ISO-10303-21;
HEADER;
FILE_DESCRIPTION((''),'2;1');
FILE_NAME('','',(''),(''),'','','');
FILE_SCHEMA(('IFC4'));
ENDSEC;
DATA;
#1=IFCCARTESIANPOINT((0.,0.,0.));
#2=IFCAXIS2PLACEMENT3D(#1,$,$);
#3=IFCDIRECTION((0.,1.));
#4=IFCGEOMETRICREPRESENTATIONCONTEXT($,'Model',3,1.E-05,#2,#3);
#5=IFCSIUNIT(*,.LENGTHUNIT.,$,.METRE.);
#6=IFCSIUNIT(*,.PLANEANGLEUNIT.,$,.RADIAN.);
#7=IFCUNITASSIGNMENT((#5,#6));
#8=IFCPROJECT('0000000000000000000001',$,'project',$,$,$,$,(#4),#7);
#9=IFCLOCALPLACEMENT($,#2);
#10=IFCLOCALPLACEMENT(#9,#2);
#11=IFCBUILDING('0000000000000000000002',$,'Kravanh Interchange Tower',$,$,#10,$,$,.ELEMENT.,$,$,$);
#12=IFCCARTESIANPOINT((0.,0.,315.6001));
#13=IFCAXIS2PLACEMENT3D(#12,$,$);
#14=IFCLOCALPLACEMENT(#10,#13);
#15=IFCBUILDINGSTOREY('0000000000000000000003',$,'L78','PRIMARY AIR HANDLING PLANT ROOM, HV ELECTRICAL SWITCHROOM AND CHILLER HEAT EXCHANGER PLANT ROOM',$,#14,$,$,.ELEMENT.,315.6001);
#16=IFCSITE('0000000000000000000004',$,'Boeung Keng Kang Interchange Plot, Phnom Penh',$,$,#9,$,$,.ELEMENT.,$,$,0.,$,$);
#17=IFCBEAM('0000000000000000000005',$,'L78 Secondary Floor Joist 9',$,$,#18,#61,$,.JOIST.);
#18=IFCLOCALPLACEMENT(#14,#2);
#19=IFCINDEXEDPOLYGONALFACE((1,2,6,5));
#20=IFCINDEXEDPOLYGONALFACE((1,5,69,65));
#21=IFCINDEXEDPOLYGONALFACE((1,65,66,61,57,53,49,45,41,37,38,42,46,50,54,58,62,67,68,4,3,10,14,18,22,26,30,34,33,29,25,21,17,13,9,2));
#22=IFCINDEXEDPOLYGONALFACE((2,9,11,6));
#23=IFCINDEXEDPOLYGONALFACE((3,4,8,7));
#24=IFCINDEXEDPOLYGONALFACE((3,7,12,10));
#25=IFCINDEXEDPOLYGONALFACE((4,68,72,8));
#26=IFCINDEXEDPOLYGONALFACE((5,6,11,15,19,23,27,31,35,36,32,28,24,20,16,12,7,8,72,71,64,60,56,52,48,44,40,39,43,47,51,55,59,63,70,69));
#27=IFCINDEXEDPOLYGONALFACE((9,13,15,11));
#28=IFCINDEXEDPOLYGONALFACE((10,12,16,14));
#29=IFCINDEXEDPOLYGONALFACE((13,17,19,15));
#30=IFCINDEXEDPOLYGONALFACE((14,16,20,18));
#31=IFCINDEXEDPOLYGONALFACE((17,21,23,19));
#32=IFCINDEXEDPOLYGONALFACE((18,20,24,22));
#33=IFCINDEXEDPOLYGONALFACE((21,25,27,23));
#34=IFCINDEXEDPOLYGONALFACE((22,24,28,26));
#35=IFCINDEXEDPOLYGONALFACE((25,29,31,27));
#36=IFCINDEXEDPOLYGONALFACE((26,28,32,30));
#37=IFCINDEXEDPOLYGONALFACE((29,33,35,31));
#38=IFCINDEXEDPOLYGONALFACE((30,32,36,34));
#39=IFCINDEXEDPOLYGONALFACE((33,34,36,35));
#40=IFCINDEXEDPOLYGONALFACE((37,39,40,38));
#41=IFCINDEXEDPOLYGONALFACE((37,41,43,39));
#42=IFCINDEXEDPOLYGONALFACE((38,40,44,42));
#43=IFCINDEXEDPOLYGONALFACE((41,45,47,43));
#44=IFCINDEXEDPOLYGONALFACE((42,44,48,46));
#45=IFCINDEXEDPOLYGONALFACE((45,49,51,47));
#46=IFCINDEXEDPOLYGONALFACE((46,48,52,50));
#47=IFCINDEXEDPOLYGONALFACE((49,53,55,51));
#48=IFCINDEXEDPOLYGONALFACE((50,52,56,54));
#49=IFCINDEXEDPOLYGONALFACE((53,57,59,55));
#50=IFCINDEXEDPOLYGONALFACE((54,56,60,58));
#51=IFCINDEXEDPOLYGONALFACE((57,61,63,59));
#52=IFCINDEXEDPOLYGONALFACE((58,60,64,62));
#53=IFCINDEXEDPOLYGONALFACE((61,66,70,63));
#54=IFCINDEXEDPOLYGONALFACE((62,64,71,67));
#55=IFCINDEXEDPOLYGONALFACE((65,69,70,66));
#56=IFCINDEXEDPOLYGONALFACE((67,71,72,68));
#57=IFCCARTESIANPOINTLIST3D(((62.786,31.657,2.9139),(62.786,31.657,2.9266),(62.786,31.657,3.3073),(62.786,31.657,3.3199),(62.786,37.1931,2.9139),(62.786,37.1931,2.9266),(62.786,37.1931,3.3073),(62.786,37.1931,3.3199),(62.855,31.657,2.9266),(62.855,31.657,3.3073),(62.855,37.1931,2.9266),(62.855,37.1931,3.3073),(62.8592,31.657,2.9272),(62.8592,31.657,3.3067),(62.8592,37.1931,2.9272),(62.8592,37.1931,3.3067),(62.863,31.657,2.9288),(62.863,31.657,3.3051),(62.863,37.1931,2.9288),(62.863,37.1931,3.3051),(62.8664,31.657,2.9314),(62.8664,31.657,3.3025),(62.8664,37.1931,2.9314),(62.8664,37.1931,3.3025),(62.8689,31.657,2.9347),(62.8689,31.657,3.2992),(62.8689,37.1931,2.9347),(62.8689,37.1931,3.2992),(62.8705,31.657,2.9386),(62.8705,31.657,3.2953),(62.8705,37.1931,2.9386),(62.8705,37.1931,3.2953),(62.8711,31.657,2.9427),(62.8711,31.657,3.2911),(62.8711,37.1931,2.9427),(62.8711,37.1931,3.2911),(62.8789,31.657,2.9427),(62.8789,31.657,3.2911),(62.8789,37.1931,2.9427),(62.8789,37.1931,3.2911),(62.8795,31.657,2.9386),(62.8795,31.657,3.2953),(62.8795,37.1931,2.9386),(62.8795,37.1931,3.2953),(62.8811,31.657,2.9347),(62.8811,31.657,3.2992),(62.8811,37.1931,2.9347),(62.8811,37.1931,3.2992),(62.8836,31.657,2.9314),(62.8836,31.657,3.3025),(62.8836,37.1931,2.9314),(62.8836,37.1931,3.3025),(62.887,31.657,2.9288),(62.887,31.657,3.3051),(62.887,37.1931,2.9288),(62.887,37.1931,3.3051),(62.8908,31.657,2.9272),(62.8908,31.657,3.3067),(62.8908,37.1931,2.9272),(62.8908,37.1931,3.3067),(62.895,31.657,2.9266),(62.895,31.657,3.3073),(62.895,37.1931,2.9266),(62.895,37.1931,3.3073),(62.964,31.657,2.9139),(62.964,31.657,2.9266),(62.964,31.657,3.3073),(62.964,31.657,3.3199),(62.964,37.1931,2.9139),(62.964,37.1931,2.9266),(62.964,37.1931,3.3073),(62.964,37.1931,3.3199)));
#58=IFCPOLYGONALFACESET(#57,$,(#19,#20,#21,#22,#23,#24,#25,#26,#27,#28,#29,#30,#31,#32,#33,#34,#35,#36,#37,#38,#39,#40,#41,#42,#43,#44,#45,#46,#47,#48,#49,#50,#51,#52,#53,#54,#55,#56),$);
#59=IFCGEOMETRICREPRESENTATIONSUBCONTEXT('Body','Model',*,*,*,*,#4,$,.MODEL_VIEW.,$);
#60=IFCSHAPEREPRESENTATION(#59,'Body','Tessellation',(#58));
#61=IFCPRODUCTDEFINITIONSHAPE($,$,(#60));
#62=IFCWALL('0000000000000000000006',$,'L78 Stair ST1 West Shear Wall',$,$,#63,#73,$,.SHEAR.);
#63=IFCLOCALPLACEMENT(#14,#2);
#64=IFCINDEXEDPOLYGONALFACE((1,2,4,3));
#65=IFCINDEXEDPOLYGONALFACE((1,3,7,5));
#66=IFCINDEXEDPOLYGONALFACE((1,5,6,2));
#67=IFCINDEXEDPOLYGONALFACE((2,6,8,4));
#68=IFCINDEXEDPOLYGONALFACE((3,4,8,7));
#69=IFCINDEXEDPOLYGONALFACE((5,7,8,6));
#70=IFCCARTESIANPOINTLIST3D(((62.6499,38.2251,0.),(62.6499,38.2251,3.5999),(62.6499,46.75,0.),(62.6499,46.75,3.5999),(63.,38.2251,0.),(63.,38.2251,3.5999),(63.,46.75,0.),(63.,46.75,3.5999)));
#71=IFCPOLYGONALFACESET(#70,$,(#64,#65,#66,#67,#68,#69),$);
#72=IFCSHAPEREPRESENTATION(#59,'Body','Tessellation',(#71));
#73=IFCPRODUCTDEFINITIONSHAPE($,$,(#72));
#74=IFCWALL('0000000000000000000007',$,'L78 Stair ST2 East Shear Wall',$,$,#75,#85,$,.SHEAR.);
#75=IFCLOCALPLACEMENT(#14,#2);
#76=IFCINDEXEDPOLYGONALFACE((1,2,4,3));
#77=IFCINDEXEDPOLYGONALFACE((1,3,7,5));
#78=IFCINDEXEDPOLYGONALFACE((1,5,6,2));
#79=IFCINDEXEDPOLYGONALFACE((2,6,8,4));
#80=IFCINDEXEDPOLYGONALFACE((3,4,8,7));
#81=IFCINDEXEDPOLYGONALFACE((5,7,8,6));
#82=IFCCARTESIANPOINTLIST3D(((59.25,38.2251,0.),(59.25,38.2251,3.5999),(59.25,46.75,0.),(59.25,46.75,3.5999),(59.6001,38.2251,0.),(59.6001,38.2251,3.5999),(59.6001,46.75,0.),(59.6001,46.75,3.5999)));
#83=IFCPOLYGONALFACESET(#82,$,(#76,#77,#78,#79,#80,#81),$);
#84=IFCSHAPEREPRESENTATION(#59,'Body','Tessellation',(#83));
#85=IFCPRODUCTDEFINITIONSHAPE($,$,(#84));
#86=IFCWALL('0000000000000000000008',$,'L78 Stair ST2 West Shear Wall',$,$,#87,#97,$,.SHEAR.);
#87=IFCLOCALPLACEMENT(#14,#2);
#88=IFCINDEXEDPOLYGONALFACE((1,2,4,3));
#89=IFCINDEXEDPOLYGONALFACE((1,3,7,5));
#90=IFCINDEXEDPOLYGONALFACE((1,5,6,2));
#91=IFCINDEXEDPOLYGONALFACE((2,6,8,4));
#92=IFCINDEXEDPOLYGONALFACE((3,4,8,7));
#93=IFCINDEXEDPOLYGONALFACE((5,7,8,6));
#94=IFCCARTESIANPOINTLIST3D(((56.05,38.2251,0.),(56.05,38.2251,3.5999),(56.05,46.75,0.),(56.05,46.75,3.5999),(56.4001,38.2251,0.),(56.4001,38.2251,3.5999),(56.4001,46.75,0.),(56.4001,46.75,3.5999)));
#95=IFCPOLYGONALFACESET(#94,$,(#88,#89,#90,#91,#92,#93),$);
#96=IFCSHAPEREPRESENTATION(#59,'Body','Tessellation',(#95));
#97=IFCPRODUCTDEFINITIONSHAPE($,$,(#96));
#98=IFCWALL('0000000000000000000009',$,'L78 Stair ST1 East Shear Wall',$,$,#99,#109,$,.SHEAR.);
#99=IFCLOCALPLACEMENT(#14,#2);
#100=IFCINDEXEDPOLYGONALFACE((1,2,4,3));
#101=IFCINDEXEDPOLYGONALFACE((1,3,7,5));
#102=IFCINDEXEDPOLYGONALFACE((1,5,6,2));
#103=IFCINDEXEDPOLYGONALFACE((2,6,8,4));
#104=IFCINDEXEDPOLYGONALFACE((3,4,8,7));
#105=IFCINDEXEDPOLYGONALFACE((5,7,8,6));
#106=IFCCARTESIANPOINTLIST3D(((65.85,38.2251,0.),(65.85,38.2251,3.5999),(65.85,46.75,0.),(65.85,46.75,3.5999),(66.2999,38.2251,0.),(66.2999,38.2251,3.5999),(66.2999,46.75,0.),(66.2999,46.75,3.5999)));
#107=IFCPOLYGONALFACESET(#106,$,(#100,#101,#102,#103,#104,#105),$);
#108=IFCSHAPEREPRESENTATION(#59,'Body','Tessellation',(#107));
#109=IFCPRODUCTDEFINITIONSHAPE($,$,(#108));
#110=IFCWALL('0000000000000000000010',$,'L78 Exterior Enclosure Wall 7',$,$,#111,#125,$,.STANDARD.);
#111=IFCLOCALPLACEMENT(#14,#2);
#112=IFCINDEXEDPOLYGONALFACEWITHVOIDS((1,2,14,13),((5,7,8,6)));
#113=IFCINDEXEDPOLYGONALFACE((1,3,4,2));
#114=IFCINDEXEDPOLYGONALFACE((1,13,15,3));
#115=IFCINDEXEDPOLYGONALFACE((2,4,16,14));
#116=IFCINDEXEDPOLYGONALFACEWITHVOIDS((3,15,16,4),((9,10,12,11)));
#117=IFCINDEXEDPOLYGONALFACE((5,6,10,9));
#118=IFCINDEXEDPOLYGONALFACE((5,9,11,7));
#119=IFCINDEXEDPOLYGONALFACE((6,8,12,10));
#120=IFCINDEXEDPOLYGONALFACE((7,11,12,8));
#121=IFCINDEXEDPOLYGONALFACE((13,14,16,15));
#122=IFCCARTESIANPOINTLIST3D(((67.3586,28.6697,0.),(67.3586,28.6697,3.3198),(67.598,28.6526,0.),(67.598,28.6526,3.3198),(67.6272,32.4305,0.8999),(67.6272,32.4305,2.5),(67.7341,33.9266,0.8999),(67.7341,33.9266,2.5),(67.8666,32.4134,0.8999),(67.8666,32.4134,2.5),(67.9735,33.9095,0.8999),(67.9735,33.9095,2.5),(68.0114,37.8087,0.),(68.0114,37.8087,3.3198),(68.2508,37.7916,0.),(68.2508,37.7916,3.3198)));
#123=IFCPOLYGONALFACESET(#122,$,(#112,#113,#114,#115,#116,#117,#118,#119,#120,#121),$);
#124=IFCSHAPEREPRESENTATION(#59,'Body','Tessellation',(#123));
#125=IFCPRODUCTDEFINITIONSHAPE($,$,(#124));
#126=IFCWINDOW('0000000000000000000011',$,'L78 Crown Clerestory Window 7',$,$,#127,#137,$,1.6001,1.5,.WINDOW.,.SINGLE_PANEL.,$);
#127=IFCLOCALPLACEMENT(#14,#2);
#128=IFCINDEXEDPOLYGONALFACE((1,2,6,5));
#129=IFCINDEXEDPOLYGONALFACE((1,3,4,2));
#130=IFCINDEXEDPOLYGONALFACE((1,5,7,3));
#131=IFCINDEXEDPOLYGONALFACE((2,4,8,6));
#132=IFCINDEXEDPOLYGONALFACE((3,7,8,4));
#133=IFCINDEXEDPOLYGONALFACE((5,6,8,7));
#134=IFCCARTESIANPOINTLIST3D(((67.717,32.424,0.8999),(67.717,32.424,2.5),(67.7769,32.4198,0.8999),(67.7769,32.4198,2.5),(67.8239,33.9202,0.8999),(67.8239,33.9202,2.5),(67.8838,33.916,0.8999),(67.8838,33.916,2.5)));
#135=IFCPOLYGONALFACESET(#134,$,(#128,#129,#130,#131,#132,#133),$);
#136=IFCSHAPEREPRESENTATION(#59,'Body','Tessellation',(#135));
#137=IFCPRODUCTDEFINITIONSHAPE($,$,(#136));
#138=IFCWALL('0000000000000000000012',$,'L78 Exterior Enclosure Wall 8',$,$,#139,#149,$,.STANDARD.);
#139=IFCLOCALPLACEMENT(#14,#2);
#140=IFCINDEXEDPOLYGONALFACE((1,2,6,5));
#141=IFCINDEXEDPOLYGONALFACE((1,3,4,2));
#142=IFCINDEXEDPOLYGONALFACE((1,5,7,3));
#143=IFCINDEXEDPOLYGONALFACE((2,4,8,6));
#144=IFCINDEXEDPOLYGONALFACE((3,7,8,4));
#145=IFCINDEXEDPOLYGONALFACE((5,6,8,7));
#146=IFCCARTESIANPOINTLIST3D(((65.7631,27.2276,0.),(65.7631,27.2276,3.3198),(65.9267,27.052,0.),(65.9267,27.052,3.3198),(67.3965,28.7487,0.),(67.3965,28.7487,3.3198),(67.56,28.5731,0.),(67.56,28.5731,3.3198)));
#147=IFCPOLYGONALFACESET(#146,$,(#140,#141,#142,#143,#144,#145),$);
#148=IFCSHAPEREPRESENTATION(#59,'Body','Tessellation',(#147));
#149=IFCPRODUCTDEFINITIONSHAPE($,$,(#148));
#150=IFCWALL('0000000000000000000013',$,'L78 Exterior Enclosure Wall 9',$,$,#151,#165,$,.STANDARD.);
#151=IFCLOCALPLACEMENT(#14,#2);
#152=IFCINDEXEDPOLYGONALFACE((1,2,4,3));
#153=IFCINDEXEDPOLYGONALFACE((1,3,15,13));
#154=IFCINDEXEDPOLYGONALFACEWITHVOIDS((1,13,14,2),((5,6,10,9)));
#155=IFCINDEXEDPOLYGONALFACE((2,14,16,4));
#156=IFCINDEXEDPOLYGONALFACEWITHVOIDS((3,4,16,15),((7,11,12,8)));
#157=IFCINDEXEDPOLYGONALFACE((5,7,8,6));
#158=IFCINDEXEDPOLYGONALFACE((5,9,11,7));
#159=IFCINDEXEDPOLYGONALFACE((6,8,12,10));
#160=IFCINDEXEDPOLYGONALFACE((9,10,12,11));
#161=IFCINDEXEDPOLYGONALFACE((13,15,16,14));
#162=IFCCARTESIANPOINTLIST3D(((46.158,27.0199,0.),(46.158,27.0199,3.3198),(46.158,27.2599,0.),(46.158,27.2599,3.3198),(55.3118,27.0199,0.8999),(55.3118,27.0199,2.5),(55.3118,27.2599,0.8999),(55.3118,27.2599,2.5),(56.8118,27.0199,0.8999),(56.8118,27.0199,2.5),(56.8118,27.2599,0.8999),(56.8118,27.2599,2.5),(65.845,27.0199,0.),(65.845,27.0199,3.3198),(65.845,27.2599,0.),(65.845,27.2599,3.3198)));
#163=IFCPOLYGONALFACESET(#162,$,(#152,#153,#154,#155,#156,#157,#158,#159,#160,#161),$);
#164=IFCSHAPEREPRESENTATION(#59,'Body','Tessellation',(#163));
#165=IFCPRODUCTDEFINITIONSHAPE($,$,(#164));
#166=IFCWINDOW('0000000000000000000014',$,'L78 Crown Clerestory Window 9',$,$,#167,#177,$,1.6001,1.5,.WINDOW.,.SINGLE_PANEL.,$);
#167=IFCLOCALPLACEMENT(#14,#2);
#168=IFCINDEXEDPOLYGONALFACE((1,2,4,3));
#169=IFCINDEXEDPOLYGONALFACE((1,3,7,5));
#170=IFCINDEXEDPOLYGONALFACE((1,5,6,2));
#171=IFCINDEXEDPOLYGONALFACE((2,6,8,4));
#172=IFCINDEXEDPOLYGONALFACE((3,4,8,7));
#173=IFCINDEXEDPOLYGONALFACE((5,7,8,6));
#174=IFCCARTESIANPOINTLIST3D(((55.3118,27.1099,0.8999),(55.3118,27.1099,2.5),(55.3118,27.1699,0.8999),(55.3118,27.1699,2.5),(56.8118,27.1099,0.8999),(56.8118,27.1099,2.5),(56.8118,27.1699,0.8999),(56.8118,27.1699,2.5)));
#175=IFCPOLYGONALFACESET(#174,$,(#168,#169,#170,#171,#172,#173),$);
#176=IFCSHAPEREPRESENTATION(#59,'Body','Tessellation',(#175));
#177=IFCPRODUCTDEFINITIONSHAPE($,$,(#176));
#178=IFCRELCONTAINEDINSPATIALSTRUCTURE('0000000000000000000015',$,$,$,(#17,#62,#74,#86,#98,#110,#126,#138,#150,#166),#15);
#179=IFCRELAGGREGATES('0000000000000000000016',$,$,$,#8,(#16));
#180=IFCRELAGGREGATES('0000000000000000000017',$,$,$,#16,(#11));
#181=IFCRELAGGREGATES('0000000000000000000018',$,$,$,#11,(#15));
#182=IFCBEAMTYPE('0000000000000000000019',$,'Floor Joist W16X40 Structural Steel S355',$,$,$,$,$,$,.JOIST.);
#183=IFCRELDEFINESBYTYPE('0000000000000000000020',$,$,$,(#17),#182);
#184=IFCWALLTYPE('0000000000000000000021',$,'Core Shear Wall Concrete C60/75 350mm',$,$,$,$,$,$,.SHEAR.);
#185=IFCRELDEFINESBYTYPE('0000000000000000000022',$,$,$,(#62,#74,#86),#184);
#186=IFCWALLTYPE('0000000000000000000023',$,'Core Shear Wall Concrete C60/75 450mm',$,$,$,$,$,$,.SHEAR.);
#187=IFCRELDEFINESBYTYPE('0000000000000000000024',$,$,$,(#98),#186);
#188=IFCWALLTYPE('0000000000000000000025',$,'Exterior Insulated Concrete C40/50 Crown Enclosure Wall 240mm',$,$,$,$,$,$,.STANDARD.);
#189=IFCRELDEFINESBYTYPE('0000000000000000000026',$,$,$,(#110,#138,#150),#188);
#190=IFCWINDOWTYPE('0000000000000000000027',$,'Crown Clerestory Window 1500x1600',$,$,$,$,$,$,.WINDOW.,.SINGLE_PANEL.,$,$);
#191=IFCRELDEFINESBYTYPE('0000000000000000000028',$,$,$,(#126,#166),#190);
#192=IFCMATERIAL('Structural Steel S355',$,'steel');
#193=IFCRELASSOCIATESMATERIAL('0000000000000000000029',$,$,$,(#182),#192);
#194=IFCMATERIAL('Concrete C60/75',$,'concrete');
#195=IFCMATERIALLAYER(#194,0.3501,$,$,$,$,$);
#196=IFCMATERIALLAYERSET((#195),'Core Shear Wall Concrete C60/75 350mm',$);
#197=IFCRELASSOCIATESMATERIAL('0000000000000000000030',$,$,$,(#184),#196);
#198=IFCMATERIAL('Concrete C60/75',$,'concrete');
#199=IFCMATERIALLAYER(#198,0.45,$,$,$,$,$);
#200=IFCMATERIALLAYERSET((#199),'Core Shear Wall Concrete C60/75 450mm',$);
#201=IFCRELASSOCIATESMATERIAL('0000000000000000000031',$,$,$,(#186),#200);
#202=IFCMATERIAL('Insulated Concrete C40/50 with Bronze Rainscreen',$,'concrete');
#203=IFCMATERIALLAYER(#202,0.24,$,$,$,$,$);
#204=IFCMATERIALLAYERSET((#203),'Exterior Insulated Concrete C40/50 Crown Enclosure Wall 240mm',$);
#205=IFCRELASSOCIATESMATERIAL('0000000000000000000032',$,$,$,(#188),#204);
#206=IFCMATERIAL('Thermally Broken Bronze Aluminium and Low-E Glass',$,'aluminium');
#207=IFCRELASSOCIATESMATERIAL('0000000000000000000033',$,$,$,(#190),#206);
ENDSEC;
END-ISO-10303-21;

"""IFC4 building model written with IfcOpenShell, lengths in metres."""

from ifc_helpers import new_model, si_unit, direction, frame, frame_2d, origin, origin_2d, place, context, subcontext, project, spatial, rectangle, i_section, extrude, material, layer, layer_set, material_profile, profile_set, type_object, element, fill, save


model = new_model("IFC4")

# Units and contexts
model_context = context("Model", 3, precision=1e-05, world=origin(), true_north=direction((0.0, 1.0)))
body_context = subcontext(model_context, "Body", "Model", "MODEL_VIEW")
ifc_project = project(units=[si_unit("LENGTHUNIT", "METRE"), si_unit("PLANEANGLEUNIT", "RADIAN")], contexts=[model_context])

# Site, building, storey
site_placement = place(None, origin())
site = spatial("IfcSite", under=ifc_project, at=site_placement, Name="Boeung Keng Kang Interchange Plot, Phnom Penh", CompositionType="ELEMENT", RefElevation=0.0)
building_placement = place(site_placement, origin())
building = spatial("IfcBuilding", under=site, at=building_placement, Name="Kravanh Interchange Tower", CompositionType="ELEMENT")
storey_placement = place(building_placement, frame((0.0, 0.0, 315.6001)))
storey = spatial("IfcBuildingStorey", under=building, at=storey_placement, Name="L78", Description="PRIMARY AIR HANDLING PLANT ROOM, HV ELECTRICAL SWITCHROOM AND CHILLER HEAT EXCHANGER PLANT ROOM", CompositionType="ELEMENT", Elevation=315.6001)

# Beam
ifc_material_1 = material(Name="Structural Steel S355", Category="steel")
ifc_material_profile_1 = material_profile(ifc_material_1, i_section(OverallWidth=0.178, OverallDepth=0.406, WebThickness=0.0078, FlangeThickness=0.0127, FilletRadius=0.0161, at=origin_2d()), Name="W16X40")
ifc_profile_set_1 = profile_set([ifc_material_profile_1], Name="Structural Steel S355")
beam_type_1 = type_object("IfcBeamType", Name="Floor Joist W16X40 Structural Steel S355", PredefinedType="JOIST", material=ifc_profile_set_1)
for number, where, z_axis, x_axis, name in (
    (1, (62.875, 31.657, 3.1169), (0.0, 1.0, 0.0), (-1.0, 0.0, 0.0), "L78 Secondary Floor Joist 9"),
):
    element("IfcBeam", number, at=place(storey_placement, frame(where, z_axis=z_axis, x_axis=x_axis)), inside=storey, type_object=beam_type_1, Name=name, PredefinedType="JOIST", context=body_context, shape_type="SweptSolid", body=[
        extrude(i_section(OverallWidth=0.178, OverallDepth=0.406, WebThickness=0.0078, FlangeThickness=0.0127, FilletRadius=0.0161, at=origin_2d()), origin(), (0.0, 0.0, 1.0), 5.5361),
    ])

# Walls
ifc_material_2 = material(Name="Concrete C60/75", Category="concrete")
ifc_layer_1 = layer(ifc_material_2, 0.3501)
ifc_layer_set_1 = layer_set([ifc_layer_1], Name="Core Shear Wall Concrete C60/75 350mm")
wall_type_1 = type_object("IfcWallType", Name="Core Shear Wall Concrete C60/75 350mm", PredefinedType="SHEAR", material=ifc_layer_set_1)
for number, where, z_axis, x_axis, name in (
    (2, (62.825, 38.2251, 0.0), (0.0, 0.0, 1.0), (0.0, 1.0, 0.0), "L78 Stair ST1 West Shear Wall"),
    (3, (59.425, 38.2251, 0.0), (0.0, 0.0, 1.0), (0.0, 1.0, 0.0), "L78 Stair ST2 East Shear Wall"),
    (4, (56.2251, 38.2251, 0.0), (0.0, 0.0, 1.0), (0.0, 1.0, 0.0), "L78 Stair ST2 West Shear Wall"),
):
    element("IfcWall", number, at=place(storey_placement, frame(where, z_axis=z_axis, x_axis=x_axis)), inside=storey, type_object=wall_type_1, Name=name, PredefinedType="SHEAR", context=body_context, shape_type="SweptSolid", body=[
        extrude(rectangle(XDim=8.5249, YDim=0.3501, at=frame_2d((4.2625, 0.0))), origin(), (0.0, 0.0, 1.0), 3.5999),
    ])
ifc_material_3 = material(Name="Concrete C60/75", Category="concrete")
ifc_layer_2 = layer(ifc_material_3, 0.45)
ifc_layer_set_2 = layer_set([ifc_layer_2], Name="Core Shear Wall Concrete C60/75 450mm")
wall_type_2 = type_object("IfcWallType", Name="Core Shear Wall Concrete C60/75 450mm", PredefinedType="SHEAR", material=ifc_layer_set_2)
wall_1_placement = place(storey_placement, frame((66.075, 38.2251, 0.0), z_axis=(0.0, 0.0, 1.0), x_axis=(0.0, 1.0, 0.0)))
element("IfcWall", 5, at=wall_1_placement, inside=storey, type_object=wall_type_2, Name="L78 Stair ST1 East Shear Wall", PredefinedType="SHEAR", context=body_context, shape_type="SweptSolid", body=[
    extrude(rectangle(XDim=8.5249, YDim=0.45, at=frame_2d((4.2625, 0.0))), origin(), (0.0, 0.0, 1.0), 3.5999),
])

# Wall, opening, window
ifc_material_4 = material(Name="Insulated Concrete C40/50 with Bronze Rainscreen", Category="concrete")
ifc_layer_3 = layer(ifc_material_4, 0.24)
ifc_layer_set_3 = layer_set([ifc_layer_3], Name="Exterior Insulated Concrete C40/50 Crown Enclosure Wall 240mm")
wall_type_3 = type_object("IfcWallType", Name="Exterior Insulated Concrete C40/50 Crown Enclosure Wall 240mm", PredefinedType="STANDARD", material=ifc_layer_set_3)
wall_2_placement = place(storey_placement, frame((68.1311, 37.8, 0.0), z_axis=(0.0, 0.0, 1.0), x_axis=(-0.071251, -0.997458, 0.0)))
wall_2 = element("IfcWall", 6, at=wall_2_placement, inside=storey, type_object=wall_type_3, Name="L78 Exterior Enclosure Wall 7", PredefinedType="STANDARD", context=body_context, shape_type="SweptSolid", body=[
    extrude(rectangle(XDim=9.1624, YDim=0.24, at=frame_2d((4.5811, 0.0))), origin(), (0.0, 0.0, 1.0), 3.3198),
])
opening_1_placement = place(wall_2_placement, frame((3.8918, 0.0, 0.8999)))
opening_1 = element("IfcOpeningElement", 7, at=opening_1_placement, cuts=wall_2, PredefinedType="OPENING", context=body_context, shape_type="SweptSolid", body=[
    extrude(rectangle(XDim=1.5, YDim=1.6001, at=frame_2d((0.75, 0.8))), frame((0.0, 0.1299, 0.0), z_axis=(0.0, -1.0, 0.0), x_axis=(1.0, 0.0, 0.0)), (0.0, 0.0, 1.0), 0.26),
])
ifc_material_5 = material(Name="Thermally Broken Bronze Aluminium and Low-E Glass", Category="aluminium")
window_type = type_object("IfcWindowType", Name="Crown Clerestory Window 1500x1600", PartitioningType="SINGLE_PANEL", PredefinedType="WINDOW", material=ifc_material_5)
window_1_placement = place(opening_1_placement, origin())
window_1 = element("IfcWindow", 8, at=window_1_placement, inside=storey, type_object=window_type, Name="L78 Crown Clerestory Window 7", OverallHeight=1.6001, OverallWidth=1.5, PartitioningType="SINGLE_PANEL", PredefinedType="WINDOW", context=body_context, shape_type="SweptSolid", body=[
    extrude(rectangle(XDim=1.5, YDim=1.6001, at=frame_2d((0.75, 0.8))), frame((0.0, 0.03, 0.0), z_axis=(0.0, -1.0, 0.0), x_axis=(1.0, 0.0, 0.0)), (0.0, 0.0, 1.0), 0.0601),
])
fill(opening_1, window_1)

# Wall
wall_3_placement = place(storey_placement, frame((67.4783, 28.6609, 0.0), z_axis=(0.0, 0.0, 1.0), x_axis=(-0.731819, -0.681499, 0.0)))
element("IfcWall", 9, at=wall_3_placement, inside=storey, type_object=wall_type_3, Name="L78 Exterior Enclosure Wall 8", PredefinedType="STANDARD", context=body_context, shape_type="SweptSolid", body=[
    extrude(rectangle(XDim=2.2319, YDim=0.24, at=frame_2d((1.116, 0.0))), origin(), (0.0, 0.0, 1.0), 3.3198),
])

# Wall, opening, window
wall_4_placement = place(storey_placement, frame((65.845, 27.1399, 0.0), z_axis=(0.0, 0.0, 1.0), x_axis=(-1.0, 0.0, 0.0)))
wall_4 = element("IfcWall", 10, at=wall_4_placement, inside=storey, type_object=wall_type_3, Name="L78 Exterior Enclosure Wall 9", PredefinedType="STANDARD", context=body_context, shape_type="SweptSolid", body=[
    extrude(rectangle(XDim=19.687, YDim=0.24, at=frame_2d((9.8435, 0.0))), origin(), (0.0, 0.0, 1.0), 3.3198),
])
opening_2_placement = place(wall_4_placement, frame((9.0332, 0.0, 0.8999)))
opening_2 = element("IfcOpeningElement", 11, at=opening_2_placement, cuts=wall_4, PredefinedType="OPENING", context=body_context, shape_type="SweptSolid", body=[
    extrude(rectangle(XDim=1.5, YDim=1.6001, at=frame_2d((0.75, 0.8))), frame((0.0, 0.1299, 0.0), z_axis=(0.0, -1.0, 0.0), x_axis=(1.0, 0.0, 0.0)), (0.0, 0.0, 1.0), 0.26),
])
window_2_placement = place(opening_2_placement, origin())
window_2 = element("IfcWindow", 12, at=window_2_placement, inside=storey, type_object=window_type, Name="L78 Crown Clerestory Window 9", OverallHeight=1.6001, OverallWidth=1.5, PartitioningType="SINGLE_PANEL", PredefinedType="WINDOW", context=body_context, shape_type="SweptSolid", body=[
    extrude(rectangle(XDim=1.5, YDim=1.6001, at=frame_2d((0.75, 0.8))), frame((0.0, 0.03, 0.0), z_axis=(0.0, -1.0, 0.0), x_axis=(1.0, 0.0, 0.0)), (0.0, 0.0, 1.0), 0.0601),
])
fill(opening_2, window_2)

save(model, "model.ifc")
